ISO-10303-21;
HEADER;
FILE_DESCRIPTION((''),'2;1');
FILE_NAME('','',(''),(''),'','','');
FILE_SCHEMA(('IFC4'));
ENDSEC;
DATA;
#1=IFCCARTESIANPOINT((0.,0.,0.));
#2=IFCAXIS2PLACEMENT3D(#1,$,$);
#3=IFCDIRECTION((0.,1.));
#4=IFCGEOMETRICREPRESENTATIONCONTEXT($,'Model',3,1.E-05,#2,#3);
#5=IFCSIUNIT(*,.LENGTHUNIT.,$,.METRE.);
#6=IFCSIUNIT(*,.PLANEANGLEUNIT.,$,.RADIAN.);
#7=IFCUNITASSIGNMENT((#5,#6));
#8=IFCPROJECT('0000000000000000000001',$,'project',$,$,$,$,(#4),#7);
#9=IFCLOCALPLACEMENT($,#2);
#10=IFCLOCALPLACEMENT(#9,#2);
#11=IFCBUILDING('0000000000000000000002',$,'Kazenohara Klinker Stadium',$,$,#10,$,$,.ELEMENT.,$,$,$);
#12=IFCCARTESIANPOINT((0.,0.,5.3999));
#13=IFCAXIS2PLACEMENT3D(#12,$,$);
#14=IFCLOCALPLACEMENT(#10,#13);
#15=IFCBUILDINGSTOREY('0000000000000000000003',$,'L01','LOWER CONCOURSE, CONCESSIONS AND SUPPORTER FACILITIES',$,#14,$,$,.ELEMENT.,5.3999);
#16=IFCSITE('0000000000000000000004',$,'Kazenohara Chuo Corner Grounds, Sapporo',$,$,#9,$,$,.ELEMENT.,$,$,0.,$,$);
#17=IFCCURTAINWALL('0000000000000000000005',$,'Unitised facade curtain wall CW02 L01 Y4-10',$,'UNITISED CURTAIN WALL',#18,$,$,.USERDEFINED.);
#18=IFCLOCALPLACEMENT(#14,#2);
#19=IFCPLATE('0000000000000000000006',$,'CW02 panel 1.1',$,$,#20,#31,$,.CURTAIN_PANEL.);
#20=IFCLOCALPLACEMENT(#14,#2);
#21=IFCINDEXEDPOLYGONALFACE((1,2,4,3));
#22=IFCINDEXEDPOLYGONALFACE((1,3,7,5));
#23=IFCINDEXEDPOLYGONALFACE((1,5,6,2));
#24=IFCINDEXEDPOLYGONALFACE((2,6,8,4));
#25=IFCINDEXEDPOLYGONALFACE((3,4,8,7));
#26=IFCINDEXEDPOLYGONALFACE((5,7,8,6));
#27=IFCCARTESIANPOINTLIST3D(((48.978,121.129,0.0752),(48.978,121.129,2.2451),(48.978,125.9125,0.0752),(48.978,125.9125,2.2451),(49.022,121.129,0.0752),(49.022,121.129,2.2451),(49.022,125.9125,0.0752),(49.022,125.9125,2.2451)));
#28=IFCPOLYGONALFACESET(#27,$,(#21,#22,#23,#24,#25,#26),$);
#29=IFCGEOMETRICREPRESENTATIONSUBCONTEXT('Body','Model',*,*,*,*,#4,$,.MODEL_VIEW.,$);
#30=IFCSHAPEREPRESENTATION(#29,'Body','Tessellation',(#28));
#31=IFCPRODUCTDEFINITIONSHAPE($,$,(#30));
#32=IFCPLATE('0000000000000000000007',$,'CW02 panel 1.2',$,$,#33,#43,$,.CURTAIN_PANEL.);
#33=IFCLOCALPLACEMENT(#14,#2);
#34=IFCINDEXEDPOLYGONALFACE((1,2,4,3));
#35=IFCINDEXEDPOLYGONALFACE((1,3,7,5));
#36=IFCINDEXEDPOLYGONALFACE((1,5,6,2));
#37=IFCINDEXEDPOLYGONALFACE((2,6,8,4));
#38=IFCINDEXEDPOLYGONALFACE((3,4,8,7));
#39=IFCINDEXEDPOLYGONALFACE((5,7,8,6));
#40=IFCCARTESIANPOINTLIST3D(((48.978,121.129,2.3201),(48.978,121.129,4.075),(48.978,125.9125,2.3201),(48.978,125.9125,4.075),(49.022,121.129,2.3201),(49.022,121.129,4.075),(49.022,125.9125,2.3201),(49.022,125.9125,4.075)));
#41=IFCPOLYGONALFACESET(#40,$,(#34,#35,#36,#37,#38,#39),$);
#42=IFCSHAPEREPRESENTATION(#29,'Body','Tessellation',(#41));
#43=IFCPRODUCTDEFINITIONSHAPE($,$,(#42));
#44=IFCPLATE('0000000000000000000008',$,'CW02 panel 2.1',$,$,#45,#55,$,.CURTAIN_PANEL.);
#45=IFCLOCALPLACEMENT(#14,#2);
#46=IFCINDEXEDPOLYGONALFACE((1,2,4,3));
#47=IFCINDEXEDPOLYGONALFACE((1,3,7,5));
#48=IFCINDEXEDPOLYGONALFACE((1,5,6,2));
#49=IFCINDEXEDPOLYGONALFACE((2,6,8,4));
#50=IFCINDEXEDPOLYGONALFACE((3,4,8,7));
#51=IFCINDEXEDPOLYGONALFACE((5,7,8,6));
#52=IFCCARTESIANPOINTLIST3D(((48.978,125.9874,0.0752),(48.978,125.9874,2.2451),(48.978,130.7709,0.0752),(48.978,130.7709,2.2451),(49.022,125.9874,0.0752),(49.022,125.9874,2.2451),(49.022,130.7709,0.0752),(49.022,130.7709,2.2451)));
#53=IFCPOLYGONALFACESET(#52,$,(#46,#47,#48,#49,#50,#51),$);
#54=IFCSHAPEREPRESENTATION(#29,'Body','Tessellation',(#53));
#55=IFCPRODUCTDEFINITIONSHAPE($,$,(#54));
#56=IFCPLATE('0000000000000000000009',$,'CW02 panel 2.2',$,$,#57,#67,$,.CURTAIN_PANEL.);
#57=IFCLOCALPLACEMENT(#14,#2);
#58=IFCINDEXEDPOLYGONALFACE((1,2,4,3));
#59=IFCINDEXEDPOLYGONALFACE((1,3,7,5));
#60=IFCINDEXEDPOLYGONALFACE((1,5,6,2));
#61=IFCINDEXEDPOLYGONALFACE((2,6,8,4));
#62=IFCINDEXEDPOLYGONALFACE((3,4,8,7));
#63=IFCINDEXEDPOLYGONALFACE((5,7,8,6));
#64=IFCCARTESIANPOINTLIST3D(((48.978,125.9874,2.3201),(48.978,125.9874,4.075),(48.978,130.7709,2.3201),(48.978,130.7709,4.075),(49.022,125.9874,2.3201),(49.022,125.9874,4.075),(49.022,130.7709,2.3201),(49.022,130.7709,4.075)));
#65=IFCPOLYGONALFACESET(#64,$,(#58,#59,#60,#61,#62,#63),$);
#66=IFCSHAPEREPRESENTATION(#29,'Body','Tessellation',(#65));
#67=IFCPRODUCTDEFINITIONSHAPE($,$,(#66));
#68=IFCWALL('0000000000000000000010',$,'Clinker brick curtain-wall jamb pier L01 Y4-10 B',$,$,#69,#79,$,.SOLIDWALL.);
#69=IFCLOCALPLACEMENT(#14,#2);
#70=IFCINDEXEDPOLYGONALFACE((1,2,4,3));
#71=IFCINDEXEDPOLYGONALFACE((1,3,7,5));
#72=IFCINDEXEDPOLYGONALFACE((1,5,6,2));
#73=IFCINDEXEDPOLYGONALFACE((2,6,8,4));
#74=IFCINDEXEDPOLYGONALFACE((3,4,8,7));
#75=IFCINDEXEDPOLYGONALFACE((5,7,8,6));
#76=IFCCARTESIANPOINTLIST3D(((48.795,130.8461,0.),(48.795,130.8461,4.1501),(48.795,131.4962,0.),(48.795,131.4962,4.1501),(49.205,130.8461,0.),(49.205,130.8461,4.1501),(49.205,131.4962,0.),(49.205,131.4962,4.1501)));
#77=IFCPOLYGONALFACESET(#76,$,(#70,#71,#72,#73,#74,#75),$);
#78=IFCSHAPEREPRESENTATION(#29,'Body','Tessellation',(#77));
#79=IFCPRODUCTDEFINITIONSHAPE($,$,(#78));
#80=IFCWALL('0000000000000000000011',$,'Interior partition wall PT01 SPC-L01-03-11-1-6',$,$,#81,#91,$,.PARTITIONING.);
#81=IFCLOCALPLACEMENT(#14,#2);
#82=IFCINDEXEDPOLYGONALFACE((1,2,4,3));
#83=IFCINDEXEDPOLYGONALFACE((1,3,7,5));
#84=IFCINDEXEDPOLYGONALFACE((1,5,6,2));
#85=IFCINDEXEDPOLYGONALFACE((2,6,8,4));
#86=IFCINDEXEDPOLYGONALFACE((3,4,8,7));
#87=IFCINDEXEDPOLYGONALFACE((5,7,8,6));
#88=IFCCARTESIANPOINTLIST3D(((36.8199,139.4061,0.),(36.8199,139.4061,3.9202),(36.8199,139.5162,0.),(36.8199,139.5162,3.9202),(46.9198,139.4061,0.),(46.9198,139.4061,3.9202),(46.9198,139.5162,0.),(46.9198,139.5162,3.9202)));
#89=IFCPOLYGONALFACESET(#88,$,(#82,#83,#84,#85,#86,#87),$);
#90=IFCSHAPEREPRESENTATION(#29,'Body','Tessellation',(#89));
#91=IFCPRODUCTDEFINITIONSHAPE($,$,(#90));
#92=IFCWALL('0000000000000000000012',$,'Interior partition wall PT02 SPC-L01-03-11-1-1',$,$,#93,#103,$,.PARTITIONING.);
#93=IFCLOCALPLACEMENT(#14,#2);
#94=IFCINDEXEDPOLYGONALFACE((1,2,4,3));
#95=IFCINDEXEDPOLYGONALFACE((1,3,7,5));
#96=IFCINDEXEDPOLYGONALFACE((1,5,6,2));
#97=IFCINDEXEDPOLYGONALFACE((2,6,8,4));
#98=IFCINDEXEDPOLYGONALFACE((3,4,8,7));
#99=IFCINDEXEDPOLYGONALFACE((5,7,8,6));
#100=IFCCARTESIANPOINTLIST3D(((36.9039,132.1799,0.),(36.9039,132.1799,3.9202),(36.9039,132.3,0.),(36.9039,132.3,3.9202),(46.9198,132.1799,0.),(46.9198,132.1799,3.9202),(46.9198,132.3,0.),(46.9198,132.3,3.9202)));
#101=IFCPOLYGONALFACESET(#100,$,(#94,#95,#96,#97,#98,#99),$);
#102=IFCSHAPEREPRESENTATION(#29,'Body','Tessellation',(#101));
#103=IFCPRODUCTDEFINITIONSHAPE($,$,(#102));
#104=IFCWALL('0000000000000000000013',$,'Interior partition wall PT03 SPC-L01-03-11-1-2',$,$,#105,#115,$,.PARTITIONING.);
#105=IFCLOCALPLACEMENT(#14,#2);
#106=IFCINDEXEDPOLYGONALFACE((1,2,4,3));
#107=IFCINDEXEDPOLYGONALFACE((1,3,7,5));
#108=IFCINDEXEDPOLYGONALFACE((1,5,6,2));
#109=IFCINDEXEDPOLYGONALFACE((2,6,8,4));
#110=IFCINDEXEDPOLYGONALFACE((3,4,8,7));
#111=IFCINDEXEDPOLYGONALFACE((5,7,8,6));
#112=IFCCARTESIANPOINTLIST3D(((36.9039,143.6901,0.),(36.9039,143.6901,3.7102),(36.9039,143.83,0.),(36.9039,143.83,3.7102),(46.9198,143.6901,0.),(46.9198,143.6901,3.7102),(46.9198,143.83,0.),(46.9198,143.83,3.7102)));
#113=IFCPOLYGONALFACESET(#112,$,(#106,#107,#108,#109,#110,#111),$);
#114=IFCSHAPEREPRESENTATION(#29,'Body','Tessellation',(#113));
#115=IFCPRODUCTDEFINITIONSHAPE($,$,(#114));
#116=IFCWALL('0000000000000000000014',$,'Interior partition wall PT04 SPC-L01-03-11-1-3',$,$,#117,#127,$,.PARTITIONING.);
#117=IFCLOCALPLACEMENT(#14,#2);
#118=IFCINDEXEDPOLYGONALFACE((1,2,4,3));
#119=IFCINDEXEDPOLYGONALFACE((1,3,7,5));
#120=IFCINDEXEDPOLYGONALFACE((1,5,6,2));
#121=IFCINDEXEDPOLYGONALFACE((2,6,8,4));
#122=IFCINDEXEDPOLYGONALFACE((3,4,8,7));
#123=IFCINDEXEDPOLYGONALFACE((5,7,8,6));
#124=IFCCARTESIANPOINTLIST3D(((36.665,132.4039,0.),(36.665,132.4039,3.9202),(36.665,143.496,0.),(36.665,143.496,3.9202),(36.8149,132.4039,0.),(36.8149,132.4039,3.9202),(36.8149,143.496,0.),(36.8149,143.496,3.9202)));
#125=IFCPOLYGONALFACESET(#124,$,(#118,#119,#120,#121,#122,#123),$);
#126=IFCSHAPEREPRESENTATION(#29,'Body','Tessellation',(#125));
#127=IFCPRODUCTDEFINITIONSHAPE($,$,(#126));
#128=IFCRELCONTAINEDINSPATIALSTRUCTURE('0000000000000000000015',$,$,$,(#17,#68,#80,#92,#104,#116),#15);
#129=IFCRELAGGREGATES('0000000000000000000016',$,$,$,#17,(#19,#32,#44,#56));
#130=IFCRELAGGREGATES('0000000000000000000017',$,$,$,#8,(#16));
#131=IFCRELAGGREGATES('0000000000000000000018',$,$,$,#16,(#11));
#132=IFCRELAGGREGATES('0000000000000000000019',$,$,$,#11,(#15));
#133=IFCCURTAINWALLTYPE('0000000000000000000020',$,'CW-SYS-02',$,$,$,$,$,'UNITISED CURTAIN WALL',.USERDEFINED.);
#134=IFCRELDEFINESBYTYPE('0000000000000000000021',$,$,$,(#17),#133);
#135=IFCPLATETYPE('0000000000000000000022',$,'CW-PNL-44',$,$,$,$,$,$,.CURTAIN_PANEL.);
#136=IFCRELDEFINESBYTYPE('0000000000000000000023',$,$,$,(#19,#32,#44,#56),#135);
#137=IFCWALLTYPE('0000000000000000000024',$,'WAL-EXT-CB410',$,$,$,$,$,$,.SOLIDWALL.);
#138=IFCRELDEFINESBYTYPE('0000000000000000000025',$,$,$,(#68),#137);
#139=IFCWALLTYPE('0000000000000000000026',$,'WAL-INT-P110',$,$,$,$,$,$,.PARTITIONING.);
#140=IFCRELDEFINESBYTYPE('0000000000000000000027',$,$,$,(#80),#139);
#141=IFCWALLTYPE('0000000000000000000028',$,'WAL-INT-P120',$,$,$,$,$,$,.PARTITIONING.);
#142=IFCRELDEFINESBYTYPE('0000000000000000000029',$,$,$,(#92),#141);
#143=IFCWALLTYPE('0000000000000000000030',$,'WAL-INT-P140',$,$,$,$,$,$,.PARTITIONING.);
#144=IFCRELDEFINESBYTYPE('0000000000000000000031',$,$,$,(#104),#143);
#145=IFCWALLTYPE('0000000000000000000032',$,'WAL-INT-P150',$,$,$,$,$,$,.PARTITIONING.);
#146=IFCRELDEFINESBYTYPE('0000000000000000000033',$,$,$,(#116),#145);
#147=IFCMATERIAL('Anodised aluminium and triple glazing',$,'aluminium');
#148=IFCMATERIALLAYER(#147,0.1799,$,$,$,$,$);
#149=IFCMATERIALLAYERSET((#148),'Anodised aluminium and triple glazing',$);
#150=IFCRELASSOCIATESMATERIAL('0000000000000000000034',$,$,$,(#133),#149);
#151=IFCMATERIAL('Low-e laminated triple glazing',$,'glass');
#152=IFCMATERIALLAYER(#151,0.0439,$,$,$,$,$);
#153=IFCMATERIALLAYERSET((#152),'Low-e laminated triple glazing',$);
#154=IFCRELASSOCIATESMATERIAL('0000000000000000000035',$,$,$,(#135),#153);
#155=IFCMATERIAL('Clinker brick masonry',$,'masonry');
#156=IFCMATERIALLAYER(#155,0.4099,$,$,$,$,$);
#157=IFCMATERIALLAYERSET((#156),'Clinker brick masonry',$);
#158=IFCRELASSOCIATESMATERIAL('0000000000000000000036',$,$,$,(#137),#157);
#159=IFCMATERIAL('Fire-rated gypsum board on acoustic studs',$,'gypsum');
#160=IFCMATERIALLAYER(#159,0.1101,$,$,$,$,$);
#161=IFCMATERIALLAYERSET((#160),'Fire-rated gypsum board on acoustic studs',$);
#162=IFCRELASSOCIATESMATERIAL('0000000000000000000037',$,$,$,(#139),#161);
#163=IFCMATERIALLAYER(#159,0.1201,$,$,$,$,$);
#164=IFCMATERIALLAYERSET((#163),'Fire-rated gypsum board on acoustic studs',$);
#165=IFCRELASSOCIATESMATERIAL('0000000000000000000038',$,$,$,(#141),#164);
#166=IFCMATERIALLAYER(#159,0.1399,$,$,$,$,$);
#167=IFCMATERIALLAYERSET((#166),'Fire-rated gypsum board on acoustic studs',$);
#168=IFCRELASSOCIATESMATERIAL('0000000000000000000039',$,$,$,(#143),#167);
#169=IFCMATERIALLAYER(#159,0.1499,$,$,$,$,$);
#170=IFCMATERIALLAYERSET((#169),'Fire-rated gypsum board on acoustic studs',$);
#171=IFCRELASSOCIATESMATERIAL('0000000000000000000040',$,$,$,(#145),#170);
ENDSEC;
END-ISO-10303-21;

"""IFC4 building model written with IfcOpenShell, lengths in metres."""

from ifc_helpers import new_model, si_unit, direction, frame, frame_2d, origin, origin_2d, place, context, subcontext, project, spatial, rectangle, extrude, material, layer, layer_set, type_object, element, aggregate, save


model = new_model("IFC4")

# Units and contexts
model_context = context("Model", 3, precision=1e-05, world=origin(), true_north=direction((0.0, 1.0)))
body_context = subcontext(model_context, "Body", "Model", "MODEL_VIEW")
ifc_project = project(units=[si_unit("LENGTHUNIT", "METRE"), si_unit("PLANEANGLEUNIT", "RADIAN")], contexts=[model_context])

# Site, building, storey
site_placement = place(None, origin())
site = spatial("IfcSite", under=ifc_project, at=site_placement, Name="Kazenohara Chuo Corner Grounds, Sapporo", CompositionType="ELEMENT", RefElevation=0.0)
building_placement = place(site_placement, origin())
building = spatial("IfcBuilding", under=site, at=building_placement, Name="Kazenohara Klinker Stadium", CompositionType="ELEMENT")
storey_placement = place(building_placement, frame((0.0, 0.0, 5.3999)))
storey = spatial("IfcBuildingStorey", under=building, at=storey_placement, Name="L01", Description="LOWER CONCOURSE, CONCESSIONS AND SUPPORTER FACILITIES", CompositionType="ELEMENT", Elevation=5.3999)

# Curtain wall, plates
ifc_material_1 = material(Name="Anodised aluminium and triple glazing", Category="aluminium")
ifc_layer_1 = layer(ifc_material_1, 0.1799)
ifc_layer_set_1 = layer_set([ifc_layer_1], Name="Anodised aluminium and triple glazing")
curtain_wall_type = type_object("IfcCurtainWallType", Name="CW-SYS-02", ElementType="UNITISED CURTAIN WALL", PredefinedType="USERDEFINED", material=ifc_layer_set_1)
curtain_wall_placement = place(storey_placement, origin())
curtain_wall = element("IfcCurtainWall", 1, at=curtain_wall_placement, inside=storey, type_object=curtain_wall_type, Name="Unitised facade curtain wall CW02 L01 Y4-10", ObjectType="UNITISED CURTAIN WALL", PredefinedType="USERDEFINED")
ifc_material_2 = material(Name="Low-e laminated triple glazing", Category="glass")
ifc_layer_2 = layer(ifc_material_2, 0.0439)
ifc_layer_set_2 = layer_set([ifc_layer_2], Name="Low-e laminated triple glazing")
plate_type = type_object("IfcPlateType", Name="CW-PNL-44", PredefinedType="CURTAIN_PANEL", material=ifc_layer_set_2)
plate_1_placement = place(storey_placement, frame((49.0, 123.5208, 0.0752), z_axis=(0.0, 0.0, 1.0), x_axis=(0.0, 1.0, 0.0)))
plate_1 = element("IfcPlate", 2, at=plate_1_placement, type_object=plate_type, Name="CW02 panel 1.1", PredefinedType="CURTAIN_PANEL", context=body_context, shape_type="SweptSolid", body=[
    extrude(rectangle(XDim=4.7834, YDim=0.0439, at=origin_2d()), origin(), (0.0, 0.0, 1.0), 2.1699),
])
plate_2_placement = place(storey_placement, frame((49.0, 123.5208, 2.3201), z_axis=(0.0, 0.0, 1.0), x_axis=(0.0, 1.0, 0.0)))
plate_2 = element("IfcPlate", 3, at=plate_2_placement, type_object=plate_type, Name="CW02 panel 1.2", PredefinedType="CURTAIN_PANEL", context=body_context, shape_type="SweptSolid", body=[
    extrude(rectangle(XDim=4.7834, YDim=0.0439, at=origin_2d()), origin(), (0.0, 0.0, 1.0), 1.7549),
])
plate_3_placement = place(storey_placement, frame((49.0, 128.3792, 0.0752), z_axis=(0.0, 0.0, 1.0), x_axis=(0.0, 1.0, 0.0)))
plate_3 = element("IfcPlate", 4, at=plate_3_placement, type_object=plate_type, Name="CW02 panel 2.1", PredefinedType="CURTAIN_PANEL", context=body_context, shape_type="SweptSolid", body=[
    extrude(rectangle(XDim=4.7834, YDim=0.0439, at=origin_2d()), origin(), (0.0, 0.0, 1.0), 2.1699),
])
plate_4_placement = place(storey_placement, frame((49.0, 128.3792, 2.3201), z_axis=(0.0, 0.0, 1.0), x_axis=(0.0, 1.0, 0.0)))
plate_4 = element("IfcPlate", 5, at=plate_4_placement, type_object=plate_type, Name="CW02 panel 2.2", PredefinedType="CURTAIN_PANEL", context=body_context, shape_type="SweptSolid", body=[
    extrude(rectangle(XDim=4.7834, YDim=0.0439, at=origin_2d()), origin(), (0.0, 0.0, 1.0), 1.7549),
])
aggregate(curtain_wall, [plate_1, plate_2, plate_3, plate_4])

# Walls
ifc_material_3 = material(Name="Clinker brick masonry", Category="masonry")
ifc_layer_3 = layer(ifc_material_3, 0.4099)
ifc_layer_set_3 = layer_set([ifc_layer_3], Name="Clinker brick masonry")
wall_type_1 = type_object("IfcWallType", Name="WAL-EXT-CB410", PredefinedType="SOLIDWALL", material=ifc_layer_set_3)
wall_1_placement = place(storey_placement, frame((49.0, 130.8459, 0.0), z_axis=(0.0, 0.0, 1.0), x_axis=(0.0, 1.0, 0.0)))
element("IfcWall", 6, at=wall_1_placement, inside=storey, type_object=wall_type_1, Name="Clinker brick curtain-wall jamb pier L01 Y4-10 B", PredefinedType="SOLIDWALL", context=body_context, shape_type="SweptSolid", body=[
    extrude(rectangle(XDim=0.6501, YDim=0.4099, at=frame_2d((0.3252, 0.0))), origin(), (0.0, 0.0, 1.0), 4.1501),
])
ifc_material_4 = material(Name="Fire-rated gypsum board on acoustic studs", Category="gypsum")
ifc_layer_4 = layer(ifc_material_4, 0.1101)
ifc_layer_set_4 = layer_set([ifc_layer_4], Name="Fire-rated gypsum board on acoustic studs")
wall_type_2 = type_object("IfcWallType", Name="WAL-INT-P110", PredefinedType="PARTITIONING", material=ifc_layer_set_4)
wall_2_placement = place(storey_placement, frame((36.8201, 139.4612, 0.0), z_axis=(0.0, 0.0, 1.0), x_axis=(1.0, 0.0, 0.0)))
element("IfcWall", 7, at=wall_2_placement, inside=storey, type_object=wall_type_2, Name="Interior partition wall PT01 SPC-L01-03-11-1-6", PredefinedType="PARTITIONING", context=body_context, shape_type="SweptSolid", body=[
    extrude(rectangle(XDim=10.0999, YDim=0.1101, at=frame_2d((5.0498, 0.0))), origin(), (0.0, 0.0, 1.0), 3.9202),
])
ifc_layer_5 = layer(ifc_material_4, 0.1201)
ifc_layer_set_5 = layer_set([ifc_layer_5], Name="Fire-rated gypsum board on acoustic studs")
wall_type_3 = type_object("IfcWallType", Name="WAL-INT-P120", PredefinedType="PARTITIONING", material=ifc_layer_set_5)
wall_3_placement = place(storey_placement, frame((36.9041, 132.24, 0.0), z_axis=(0.0, 0.0, 1.0), x_axis=(1.0, 0.0, 0.0)))
element("IfcWall", 8, at=wall_3_placement, inside=storey, type_object=wall_type_3, Name="Interior partition wall PT02 SPC-L01-03-11-1-1", PredefinedType="PARTITIONING", context=body_context, shape_type="SweptSolid", body=[
    extrude(rectangle(XDim=10.0159, YDim=0.1201, at=frame_2d((5.0078, 0.0))), origin(), (0.0, 0.0, 1.0), 3.9202),
])
ifc_layer_6 = layer(ifc_material_4, 0.1399)
ifc_layer_set_6 = layer_set([ifc_layer_6], Name="Fire-rated gypsum board on acoustic studs")
wall_type_4 = type_object("IfcWallType", Name="WAL-INT-P140", PredefinedType="PARTITIONING", material=ifc_layer_set_6)
wall_4_placement = place(storey_placement, frame((36.9041, 143.76, 0.0), z_axis=(0.0, 0.0, 1.0), x_axis=(1.0, 0.0, 0.0)))
element("IfcWall", 9, at=wall_4_placement, inside=storey, type_object=wall_type_4, Name="Interior partition wall PT03 SPC-L01-03-11-1-2", PredefinedType="PARTITIONING", context=body_context, shape_type="SweptSolid", body=[
    extrude(rectangle(XDim=10.0159, YDim=0.1399, at=frame_2d((5.0078, 0.0))), origin(), (0.0, 0.0, 1.0), 3.7102),
])
ifc_layer_7 = layer(ifc_material_4, 0.1499)
ifc_layer_set_7 = layer_set([ifc_layer_7], Name="Fire-rated gypsum board on acoustic studs")
wall_type_5 = type_object("IfcWallType", Name="WAL-INT-P150", PredefinedType="PARTITIONING", material=ifc_layer_set_7)
wall_5_placement = place(storey_placement, frame((36.74, 132.4041, 0.0), z_axis=(0.0, 0.0, 1.0), x_axis=(0.0, 1.0, 0.0)))
element("IfcWall", 10, at=wall_5_placement, inside=storey, type_object=wall_type_5, Name="Interior partition wall PT04 SPC-L01-03-11-1-3", PredefinedType="PARTITIONING", context=body_context, shape_type="SweptSolid", body=[
    extrude(rectangle(XDim=11.092, YDim=0.1499, at=frame_2d((5.5459, 0.0))), origin(), (0.0, 0.0, 1.0), 3.9202),
])

save(model, "model.ifc")
